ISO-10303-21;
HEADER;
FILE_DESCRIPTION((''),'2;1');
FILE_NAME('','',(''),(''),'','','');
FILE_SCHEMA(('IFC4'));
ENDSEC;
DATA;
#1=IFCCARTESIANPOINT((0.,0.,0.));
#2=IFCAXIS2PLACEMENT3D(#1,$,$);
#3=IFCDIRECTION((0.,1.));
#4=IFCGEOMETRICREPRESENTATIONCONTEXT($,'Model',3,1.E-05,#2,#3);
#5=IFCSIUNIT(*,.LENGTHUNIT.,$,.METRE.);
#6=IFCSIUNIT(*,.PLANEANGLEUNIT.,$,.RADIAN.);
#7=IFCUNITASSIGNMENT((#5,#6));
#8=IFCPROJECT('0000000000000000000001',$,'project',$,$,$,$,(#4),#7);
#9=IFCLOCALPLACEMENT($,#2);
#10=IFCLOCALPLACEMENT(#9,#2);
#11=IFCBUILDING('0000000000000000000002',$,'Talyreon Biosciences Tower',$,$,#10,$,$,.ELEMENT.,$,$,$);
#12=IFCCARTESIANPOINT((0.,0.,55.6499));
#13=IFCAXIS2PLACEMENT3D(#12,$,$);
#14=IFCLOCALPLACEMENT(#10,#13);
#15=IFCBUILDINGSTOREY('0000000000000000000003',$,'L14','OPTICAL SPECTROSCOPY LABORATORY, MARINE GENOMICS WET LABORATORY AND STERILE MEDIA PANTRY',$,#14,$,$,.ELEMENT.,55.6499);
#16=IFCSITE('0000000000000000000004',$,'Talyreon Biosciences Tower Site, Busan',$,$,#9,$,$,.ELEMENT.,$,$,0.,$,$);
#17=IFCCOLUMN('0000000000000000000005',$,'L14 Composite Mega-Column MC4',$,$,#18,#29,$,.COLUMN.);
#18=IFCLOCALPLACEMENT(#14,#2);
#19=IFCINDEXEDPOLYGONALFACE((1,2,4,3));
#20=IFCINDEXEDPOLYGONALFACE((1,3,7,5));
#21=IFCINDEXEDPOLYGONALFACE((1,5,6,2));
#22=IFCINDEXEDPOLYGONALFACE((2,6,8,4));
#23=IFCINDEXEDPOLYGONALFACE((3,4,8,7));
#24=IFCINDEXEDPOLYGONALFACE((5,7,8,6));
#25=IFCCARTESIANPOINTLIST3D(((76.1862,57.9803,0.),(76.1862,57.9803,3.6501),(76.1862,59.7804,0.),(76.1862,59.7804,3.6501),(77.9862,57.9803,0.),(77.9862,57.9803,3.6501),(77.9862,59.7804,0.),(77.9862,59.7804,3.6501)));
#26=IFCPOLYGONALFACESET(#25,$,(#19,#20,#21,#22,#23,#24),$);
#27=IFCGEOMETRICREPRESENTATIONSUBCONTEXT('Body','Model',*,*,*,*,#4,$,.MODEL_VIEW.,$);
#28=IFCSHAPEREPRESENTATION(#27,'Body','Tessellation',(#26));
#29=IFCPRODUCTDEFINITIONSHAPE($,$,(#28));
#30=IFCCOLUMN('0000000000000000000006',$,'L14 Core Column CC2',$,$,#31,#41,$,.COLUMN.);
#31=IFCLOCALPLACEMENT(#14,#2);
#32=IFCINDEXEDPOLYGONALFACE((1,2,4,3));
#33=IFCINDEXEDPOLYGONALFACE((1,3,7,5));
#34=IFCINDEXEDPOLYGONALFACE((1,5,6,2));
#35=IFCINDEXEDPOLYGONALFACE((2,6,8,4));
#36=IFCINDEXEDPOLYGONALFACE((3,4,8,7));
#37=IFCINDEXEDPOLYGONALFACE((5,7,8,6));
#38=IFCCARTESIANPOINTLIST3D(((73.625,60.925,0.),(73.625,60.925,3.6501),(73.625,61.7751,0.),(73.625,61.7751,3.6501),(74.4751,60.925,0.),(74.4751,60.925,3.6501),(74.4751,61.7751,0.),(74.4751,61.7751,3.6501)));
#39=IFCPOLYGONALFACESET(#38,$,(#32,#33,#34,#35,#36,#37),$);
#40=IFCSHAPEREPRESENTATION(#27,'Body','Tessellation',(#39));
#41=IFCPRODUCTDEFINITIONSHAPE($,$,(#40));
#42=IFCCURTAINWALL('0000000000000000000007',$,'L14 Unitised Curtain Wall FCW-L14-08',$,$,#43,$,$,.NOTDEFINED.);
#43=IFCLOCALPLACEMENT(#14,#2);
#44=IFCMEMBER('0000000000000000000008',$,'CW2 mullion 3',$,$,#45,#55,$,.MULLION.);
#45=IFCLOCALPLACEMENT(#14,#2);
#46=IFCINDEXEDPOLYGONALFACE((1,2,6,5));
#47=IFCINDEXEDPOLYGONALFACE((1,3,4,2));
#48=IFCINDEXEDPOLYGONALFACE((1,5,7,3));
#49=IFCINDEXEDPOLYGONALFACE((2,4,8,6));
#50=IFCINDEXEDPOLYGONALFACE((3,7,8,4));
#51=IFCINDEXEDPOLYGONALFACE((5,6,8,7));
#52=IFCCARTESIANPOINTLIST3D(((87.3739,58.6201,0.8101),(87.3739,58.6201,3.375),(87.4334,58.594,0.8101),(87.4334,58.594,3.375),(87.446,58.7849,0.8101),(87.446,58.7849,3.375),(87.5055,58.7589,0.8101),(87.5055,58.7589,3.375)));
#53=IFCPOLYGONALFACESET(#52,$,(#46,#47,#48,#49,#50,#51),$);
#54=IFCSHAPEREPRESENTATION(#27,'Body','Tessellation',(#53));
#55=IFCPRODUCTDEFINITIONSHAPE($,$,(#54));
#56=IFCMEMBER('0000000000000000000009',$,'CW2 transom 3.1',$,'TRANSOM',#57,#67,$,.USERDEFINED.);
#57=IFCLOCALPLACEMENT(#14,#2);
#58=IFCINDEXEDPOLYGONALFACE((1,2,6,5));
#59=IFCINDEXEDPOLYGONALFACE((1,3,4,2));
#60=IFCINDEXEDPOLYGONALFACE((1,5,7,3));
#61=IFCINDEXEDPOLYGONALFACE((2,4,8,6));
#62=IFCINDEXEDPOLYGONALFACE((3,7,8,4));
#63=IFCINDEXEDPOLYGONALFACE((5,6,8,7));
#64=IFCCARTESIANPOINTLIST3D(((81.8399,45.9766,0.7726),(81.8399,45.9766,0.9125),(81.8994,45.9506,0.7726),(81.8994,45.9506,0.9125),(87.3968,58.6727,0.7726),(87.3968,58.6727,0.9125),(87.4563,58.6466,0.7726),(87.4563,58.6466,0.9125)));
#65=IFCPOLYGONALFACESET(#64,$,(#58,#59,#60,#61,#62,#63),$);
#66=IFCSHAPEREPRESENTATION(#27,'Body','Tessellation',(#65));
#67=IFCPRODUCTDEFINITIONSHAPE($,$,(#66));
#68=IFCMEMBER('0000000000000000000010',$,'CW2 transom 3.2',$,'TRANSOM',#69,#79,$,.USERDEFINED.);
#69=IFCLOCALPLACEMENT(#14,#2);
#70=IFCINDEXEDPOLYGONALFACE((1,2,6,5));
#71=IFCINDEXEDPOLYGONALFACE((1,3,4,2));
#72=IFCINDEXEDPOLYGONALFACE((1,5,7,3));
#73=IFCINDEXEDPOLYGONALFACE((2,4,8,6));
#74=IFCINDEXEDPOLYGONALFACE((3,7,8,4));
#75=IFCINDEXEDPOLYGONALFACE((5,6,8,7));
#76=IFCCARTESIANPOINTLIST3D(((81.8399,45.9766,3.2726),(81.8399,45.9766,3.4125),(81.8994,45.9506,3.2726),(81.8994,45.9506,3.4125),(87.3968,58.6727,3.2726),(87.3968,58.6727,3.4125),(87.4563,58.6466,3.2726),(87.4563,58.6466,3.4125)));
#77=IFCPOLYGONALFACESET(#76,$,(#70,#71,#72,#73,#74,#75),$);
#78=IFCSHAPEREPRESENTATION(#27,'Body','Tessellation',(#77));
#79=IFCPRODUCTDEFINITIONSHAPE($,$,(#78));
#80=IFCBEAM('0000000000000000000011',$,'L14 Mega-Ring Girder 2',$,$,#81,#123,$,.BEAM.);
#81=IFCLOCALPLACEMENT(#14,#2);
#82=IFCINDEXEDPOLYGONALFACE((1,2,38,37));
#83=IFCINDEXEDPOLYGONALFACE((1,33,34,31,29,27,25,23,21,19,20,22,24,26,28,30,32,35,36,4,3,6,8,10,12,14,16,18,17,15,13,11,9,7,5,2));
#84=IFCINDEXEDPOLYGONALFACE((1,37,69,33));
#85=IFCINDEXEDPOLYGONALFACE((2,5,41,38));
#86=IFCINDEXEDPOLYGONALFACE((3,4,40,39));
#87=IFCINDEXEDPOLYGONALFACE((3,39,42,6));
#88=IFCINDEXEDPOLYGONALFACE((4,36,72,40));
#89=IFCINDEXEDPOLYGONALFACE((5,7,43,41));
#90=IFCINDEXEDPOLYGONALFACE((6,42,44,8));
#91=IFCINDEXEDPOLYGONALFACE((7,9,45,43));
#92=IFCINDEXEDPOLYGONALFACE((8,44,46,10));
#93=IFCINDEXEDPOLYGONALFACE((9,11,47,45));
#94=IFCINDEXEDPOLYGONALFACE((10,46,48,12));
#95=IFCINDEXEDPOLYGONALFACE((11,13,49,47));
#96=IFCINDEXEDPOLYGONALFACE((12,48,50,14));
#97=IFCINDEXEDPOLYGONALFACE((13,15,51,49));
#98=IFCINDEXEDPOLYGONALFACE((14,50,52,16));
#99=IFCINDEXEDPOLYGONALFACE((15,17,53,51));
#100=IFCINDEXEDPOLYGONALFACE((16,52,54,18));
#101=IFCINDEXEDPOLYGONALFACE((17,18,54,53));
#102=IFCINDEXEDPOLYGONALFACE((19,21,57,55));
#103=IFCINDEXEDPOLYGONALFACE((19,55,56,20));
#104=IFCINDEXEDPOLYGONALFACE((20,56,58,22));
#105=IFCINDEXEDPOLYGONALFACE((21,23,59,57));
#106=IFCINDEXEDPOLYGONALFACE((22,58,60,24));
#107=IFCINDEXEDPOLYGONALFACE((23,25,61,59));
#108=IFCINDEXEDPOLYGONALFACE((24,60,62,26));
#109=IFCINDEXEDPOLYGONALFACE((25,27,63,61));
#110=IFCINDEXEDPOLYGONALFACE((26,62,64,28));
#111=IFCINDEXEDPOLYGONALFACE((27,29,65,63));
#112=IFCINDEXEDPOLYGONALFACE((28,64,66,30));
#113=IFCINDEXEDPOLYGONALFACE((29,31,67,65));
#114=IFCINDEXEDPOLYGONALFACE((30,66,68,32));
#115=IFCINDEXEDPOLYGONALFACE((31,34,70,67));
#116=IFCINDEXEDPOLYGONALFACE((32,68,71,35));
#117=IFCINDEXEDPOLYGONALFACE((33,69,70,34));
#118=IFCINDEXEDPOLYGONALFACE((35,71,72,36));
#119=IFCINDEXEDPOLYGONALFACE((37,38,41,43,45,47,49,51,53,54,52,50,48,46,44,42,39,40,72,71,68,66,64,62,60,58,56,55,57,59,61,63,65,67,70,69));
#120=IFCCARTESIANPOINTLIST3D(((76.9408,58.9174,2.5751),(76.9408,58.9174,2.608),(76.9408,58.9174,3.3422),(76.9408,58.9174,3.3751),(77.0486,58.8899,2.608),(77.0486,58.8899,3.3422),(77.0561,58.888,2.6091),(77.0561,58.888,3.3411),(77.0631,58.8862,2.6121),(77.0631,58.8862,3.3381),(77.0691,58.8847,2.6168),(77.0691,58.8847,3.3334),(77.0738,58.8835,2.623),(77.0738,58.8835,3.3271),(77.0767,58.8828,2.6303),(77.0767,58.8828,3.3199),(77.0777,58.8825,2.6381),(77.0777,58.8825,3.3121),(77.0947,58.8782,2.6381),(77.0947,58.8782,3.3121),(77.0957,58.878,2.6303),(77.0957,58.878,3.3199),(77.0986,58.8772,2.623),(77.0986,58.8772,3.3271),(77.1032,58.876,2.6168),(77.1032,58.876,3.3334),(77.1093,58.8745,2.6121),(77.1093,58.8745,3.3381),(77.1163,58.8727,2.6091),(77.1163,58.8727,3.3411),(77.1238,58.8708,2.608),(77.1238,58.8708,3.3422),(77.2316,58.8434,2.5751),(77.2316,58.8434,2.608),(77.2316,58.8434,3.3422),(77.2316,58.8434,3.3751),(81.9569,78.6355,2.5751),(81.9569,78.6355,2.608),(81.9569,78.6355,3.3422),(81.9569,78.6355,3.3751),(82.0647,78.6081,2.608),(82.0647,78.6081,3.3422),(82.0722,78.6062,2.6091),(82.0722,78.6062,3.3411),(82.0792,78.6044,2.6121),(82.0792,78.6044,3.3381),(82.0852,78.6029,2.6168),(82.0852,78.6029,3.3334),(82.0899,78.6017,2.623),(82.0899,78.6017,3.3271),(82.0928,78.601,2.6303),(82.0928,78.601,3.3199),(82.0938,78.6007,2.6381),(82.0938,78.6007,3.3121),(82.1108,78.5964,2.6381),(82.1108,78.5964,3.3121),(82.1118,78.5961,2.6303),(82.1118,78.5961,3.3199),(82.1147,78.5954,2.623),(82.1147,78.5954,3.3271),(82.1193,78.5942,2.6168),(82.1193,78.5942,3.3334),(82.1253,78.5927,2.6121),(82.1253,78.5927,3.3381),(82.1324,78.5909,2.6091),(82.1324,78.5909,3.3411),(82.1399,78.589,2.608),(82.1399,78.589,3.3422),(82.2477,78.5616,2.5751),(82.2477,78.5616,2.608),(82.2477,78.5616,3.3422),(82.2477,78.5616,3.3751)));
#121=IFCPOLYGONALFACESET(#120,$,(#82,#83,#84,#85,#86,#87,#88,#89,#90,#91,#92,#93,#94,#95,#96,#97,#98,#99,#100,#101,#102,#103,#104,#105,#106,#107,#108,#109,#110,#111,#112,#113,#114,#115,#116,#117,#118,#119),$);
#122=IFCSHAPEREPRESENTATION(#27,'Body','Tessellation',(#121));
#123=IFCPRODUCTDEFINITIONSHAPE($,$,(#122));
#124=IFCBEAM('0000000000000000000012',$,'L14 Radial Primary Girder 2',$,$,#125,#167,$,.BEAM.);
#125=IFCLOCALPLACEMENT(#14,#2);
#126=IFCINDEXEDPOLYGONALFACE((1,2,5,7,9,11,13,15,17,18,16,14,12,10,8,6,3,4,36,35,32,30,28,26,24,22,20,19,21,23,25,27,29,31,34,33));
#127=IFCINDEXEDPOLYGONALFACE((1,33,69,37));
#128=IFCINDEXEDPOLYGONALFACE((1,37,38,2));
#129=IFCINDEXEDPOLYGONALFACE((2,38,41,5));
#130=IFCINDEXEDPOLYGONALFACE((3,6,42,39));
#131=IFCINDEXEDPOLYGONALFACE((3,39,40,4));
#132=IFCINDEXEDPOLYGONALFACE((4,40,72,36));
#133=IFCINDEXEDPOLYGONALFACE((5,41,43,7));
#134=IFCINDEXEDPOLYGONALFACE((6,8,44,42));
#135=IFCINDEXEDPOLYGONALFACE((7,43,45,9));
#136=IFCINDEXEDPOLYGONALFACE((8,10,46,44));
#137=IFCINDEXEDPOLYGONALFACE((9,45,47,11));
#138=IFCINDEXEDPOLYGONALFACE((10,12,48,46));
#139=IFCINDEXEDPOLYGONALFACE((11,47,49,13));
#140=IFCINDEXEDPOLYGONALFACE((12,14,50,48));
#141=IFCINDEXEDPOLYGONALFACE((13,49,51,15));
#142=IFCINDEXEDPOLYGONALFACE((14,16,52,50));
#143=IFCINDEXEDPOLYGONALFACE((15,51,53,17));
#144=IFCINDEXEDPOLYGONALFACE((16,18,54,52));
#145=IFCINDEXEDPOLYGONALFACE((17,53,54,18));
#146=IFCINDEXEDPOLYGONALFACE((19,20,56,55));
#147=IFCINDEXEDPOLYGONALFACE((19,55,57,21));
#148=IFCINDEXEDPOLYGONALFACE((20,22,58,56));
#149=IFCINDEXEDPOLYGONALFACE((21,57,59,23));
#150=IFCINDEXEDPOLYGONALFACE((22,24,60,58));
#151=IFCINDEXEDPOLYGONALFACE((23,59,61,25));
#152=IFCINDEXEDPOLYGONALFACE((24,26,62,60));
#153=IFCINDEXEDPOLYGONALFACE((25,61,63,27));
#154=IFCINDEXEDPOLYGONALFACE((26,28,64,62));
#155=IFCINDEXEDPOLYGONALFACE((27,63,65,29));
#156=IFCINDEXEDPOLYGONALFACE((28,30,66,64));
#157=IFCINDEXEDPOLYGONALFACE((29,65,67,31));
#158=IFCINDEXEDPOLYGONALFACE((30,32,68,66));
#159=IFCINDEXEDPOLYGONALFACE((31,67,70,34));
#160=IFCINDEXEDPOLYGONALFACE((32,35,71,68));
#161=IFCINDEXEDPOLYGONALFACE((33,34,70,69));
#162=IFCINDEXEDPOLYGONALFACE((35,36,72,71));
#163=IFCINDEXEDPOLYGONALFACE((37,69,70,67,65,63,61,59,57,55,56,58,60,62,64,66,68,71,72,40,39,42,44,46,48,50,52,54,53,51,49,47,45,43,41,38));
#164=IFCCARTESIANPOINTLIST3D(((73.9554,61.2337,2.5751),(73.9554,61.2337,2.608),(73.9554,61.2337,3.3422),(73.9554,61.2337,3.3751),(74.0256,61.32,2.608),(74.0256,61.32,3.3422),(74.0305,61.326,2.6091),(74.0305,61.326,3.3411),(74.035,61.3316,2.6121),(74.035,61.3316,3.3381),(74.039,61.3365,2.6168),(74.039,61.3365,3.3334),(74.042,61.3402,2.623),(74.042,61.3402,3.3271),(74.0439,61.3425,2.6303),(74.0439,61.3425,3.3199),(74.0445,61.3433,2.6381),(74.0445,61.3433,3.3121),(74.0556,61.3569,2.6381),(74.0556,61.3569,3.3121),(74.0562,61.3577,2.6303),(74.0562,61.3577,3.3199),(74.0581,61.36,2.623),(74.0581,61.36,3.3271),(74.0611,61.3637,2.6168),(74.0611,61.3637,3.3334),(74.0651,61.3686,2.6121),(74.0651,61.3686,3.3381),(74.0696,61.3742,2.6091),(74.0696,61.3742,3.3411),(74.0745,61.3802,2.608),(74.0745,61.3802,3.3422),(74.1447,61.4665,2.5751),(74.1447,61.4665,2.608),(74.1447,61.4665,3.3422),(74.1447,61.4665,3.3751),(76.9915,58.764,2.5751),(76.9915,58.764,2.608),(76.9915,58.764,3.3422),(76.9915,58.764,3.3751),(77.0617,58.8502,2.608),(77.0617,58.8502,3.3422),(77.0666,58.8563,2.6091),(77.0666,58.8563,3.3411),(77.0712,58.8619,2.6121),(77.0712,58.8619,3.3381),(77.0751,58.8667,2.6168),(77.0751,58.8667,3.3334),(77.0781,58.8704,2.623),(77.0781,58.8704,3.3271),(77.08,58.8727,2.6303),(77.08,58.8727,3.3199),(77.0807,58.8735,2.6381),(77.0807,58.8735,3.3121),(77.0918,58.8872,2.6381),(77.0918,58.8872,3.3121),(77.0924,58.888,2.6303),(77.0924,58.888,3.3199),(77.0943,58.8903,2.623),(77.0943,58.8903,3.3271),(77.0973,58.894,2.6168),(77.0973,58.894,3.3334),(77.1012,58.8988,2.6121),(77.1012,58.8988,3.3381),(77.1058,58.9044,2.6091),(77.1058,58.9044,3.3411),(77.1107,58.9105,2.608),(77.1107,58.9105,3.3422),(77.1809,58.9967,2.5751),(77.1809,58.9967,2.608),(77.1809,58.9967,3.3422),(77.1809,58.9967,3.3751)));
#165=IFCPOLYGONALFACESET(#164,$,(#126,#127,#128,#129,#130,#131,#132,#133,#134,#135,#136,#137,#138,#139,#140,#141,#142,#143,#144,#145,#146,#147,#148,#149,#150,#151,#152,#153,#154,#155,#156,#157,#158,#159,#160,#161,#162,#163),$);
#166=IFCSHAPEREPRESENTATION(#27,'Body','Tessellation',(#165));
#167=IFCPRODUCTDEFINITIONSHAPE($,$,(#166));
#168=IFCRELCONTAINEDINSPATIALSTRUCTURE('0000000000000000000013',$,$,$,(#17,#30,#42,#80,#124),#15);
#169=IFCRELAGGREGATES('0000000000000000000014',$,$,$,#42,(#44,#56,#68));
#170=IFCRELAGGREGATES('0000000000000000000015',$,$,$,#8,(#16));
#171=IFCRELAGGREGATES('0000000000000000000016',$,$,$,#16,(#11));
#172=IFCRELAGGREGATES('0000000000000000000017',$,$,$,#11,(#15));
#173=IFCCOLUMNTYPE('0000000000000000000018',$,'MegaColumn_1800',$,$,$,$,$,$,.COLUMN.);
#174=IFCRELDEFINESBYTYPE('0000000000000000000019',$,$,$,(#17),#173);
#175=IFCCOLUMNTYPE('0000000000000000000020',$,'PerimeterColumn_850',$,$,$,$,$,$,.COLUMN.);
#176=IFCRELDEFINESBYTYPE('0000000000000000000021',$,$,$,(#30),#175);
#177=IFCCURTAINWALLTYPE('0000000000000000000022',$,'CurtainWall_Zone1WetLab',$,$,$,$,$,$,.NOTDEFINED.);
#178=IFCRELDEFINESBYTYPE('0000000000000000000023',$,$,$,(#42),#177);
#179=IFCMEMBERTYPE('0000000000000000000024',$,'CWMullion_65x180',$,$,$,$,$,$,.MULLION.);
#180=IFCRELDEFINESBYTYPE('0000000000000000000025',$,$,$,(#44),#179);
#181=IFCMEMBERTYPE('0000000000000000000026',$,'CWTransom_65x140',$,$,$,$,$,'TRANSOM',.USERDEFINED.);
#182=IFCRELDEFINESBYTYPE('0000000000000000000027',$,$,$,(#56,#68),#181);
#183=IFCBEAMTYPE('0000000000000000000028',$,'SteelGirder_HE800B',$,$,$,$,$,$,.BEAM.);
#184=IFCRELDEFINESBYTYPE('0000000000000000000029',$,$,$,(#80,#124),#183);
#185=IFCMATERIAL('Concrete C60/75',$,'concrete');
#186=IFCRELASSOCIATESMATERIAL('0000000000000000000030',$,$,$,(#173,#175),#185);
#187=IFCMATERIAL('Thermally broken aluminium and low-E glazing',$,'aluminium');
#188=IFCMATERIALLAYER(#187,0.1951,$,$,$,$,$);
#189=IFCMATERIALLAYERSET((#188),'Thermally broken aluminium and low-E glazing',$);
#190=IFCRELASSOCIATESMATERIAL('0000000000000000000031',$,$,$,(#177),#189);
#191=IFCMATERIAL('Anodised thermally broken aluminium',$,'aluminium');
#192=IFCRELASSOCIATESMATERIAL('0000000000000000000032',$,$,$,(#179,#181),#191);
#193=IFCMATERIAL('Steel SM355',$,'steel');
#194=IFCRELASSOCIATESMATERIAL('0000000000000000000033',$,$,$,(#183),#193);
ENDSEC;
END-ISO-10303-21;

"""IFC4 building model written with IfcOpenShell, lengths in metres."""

from ifc_helpers import new_model, si_unit, direction, frame, origin, origin_2d, place, context, subcontext, project, spatial, rectangle, i_section, extrude, material, layer, layer_set, material_profile, profile_set, type_object, element, aggregate, save


model = new_model("IFC4")

# Units and contexts
model_context = context("Model", 3, precision=1e-05, world=origin(), true_north=direction((0.0, 1.0)))
body_context = subcontext(model_context, "Body", "Model", "MODEL_VIEW")
ifc_project = project(units=[si_unit("LENGTHUNIT", "METRE"), si_unit("PLANEANGLEUNIT", "RADIAN")], contexts=[model_context])

# Site, building, storey
site_placement = place(None, origin())
site = spatial("IfcSite", under=ifc_project, at=site_placement, Name="Talyreon Biosciences Tower Site, Busan", CompositionType="ELEMENT", RefElevation=0.0)
building_placement = place(site_placement, origin())
building = spatial("IfcBuilding", under=site, at=building_placement, Name="Talyreon Biosciences Tower", CompositionType="ELEMENT")
storey_placement = place(building_placement, frame((0.0, 0.0, 55.6499)))
storey = spatial("IfcBuildingStorey", under=building, at=storey_placement, Name="L14", Description="OPTICAL SPECTROSCOPY LABORATORY, MARINE GENOMICS WET LABORATORY AND STERILE MEDIA PANTRY", CompositionType="ELEMENT", Elevation=55.6499)

# Columns
ifc_material_1 = material(Name="Concrete C60/75", Category="concrete")
ifc_material_profile_1 = material_profile(ifc_material_1, rectangle(XDim=1.8, YDim=1.8, at=origin_2d()), Name="RC 1800x1800")
ifc_profile_set_1 = profile_set([ifc_material_profile_1], Name="Concrete C60/75")
column_type_1 = type_object("IfcColumnType", Name="MegaColumn_1800", PredefinedType="COLUMN", material=ifc_profile_set_1)
column_1_placement = place(storey_placement, frame((77.0862, 58.8804, 0.0), z_axis=(0.0, 0.0, 1.0), x_axis=(1.0, 0.0, 0.0)))
element("IfcColumn", 1, at=column_1_placement, inside=storey, type_object=column_type_1, Name="L14 Composite Mega-Column MC4", PredefinedType="COLUMN", context=body_context, shape_type="SweptSolid", body=[
    extrude(rectangle(XDim=1.8, YDim=1.8, at=origin_2d()), origin(), (0.0, 0.0, 1.0), 3.6501),
])
ifc_material_profile_2 = material_profile(ifc_material_1, rectangle(XDim=0.8501, YDim=0.8501, at=origin_2d()), Name="RC 850x850")
ifc_profile_set_2 = profile_set([ifc_material_profile_2], Name="Concrete C60/75")
column_type_2 = type_object("IfcColumnType", Name="PerimeterColumn_850", PredefinedType="COLUMN", material=ifc_profile_set_2)
column_2_placement = place(storey_placement, frame((74.05, 61.3501, 0.0), z_axis=(0.0, 0.0, 1.0), x_axis=(1.0, 0.0, 0.0)))
element("IfcColumn", 2, at=column_2_placement, inside=storey, type_object=column_type_2, Name="L14 Core Column CC2", PredefinedType="COLUMN", context=body_context, shape_type="SweptSolid", body=[
    extrude(rectangle(XDim=0.8501, YDim=0.8501, at=origin_2d()), origin(), (0.0, 0.0, 1.0), 3.6501),
])

# Curtain wall, members
ifc_material_2 = material(Name="Thermally broken aluminium and low-E glazing", Category="aluminium")
ifc_layer_1 = layer(ifc_material_2, 0.1951)
ifc_layer_set_1 = layer_set([ifc_layer_1], Name="Thermally broken aluminium and low-E glazing")
curtain_wall_type = type_object("IfcCurtainWallType", Name="CurtainWall_Zone1WetLab", PredefinedType="NOTDEFINED", material=ifc_layer_set_1)
curtain_wall_placement = place(storey_placement, origin())
curtain_wall = element("IfcCurtainWall", 3, at=curtain_wall_placement, inside=storey, type_object=curtain_wall_type, Name="L14 Unitised Curtain Wall FCW-L14-08", PredefinedType="NOTDEFINED")
ifc_material_3 = material(Name="Anodised thermally broken aluminium", Category="aluminium")
ifc_material_profile_3 = material_profile(ifc_material_3, rectangle(XDim=0.0649, YDim=0.1799, at=origin_2d()), Name="ALUM MULLION 65x180")
ifc_profile_set_3 = profile_set([ifc_material_profile_3], Name="Anodised thermally broken aluminium")
member_type_1 = type_object("IfcMemberType", Name="CWMullion_65x180", PredefinedType="MULLION", material=ifc_profile_set_3)
member_1_placement = place(storey_placement, frame((87.4397, 58.6895, 0.8101), z_axis=(0.0, 0.0, 1.0), x_axis=(0.916092, -0.400968, 0.0)))
member_1 = element("IfcMember", 4, at=member_1_placement, type_object=member_type_1, Name="CW2 mullion 3", PredefinedType="MULLION", context=body_context, shape_type="SweptSolid", body=[
    extrude(rectangle(XDim=0.0649, YDim=0.1799, at=origin_2d()), origin(), (0.0, 0.0, 1.0), 2.5649),
])
ifc_material_profile_4 = material_profile(ifc_material_3, rectangle(XDim=0.0649, YDim=0.1399, at=origin_2d()), Name="ALUM TRANSOM 65x140")
ifc_profile_set_4 = profile_set([ifc_material_profile_4], Name="Anodised thermally broken aluminium")
member_type_2 = type_object("IfcMemberType", Name="CWTransom_65x140", ElementType="TRANSOM", PredefinedType="USERDEFINED", material=ifc_profile_set_4)
member_2_placement = place(storey_placement, frame((87.4265, 58.6597, 0.8425), z_axis=(-0.400962, -0.916095, 0.0), x_axis=(0.916095, -0.400962, 0.0)))
member_2 = element("IfcMember", 5, at=member_2_placement, type_object=member_type_2, Name="CW2 transom 3.1", ObjectType="TRANSOM", PredefinedType="USERDEFINED", context=body_context, shape_type="SweptSolid", body=[
    extrude(rectangle(XDim=0.0649, YDim=0.1399, at=origin_2d()), origin(), (0.0, 0.0, 1.0), 13.8589),
])
member_3_placement = place(storey_placement, frame((87.4265, 58.6597, 3.3425), z_axis=(-0.400962, -0.916095, 0.0), x_axis=(0.916095, -0.400962, 0.0)))
member_3 = element("IfcMember", 6, at=member_3_placement, type_object=member_type_2, Name="CW2 transom 3.2", ObjectType="TRANSOM", PredefinedType="USERDEFINED", context=body_context, shape_type="SweptSolid", body=[
    extrude(rectangle(XDim=0.0649, YDim=0.1399, at=origin_2d()), origin(), (0.0, 0.0, 1.0), 13.8589),
])

# Beams
ifc_material_4 = material(Name="Steel SM355", Category="steel")
ifc_material_profile_5 = material_profile(ifc_material_4, i_section(OverallWidth=0.3, OverallDepth=0.8, WebThickness=0.0176, FlangeThickness=0.033, FilletRadius=0.03, at=origin_2d()), Name="HE800B")
ifc_profile_set_5 = profile_set([ifc_material_profile_5], Name="Steel SM355")
beam_type_1 = type_object("IfcBeamType", Name="SteelGirder_HE800B", PredefinedType="BEAM", material=ifc_profile_set_5)
beam_1_placement = place(storey_placement, frame((77.0862, 58.8804, 2.9751), z_axis=(0.246537, 0.969133, 0.0), x_axis=(-0.969133, 0.246537, 0.0)))
element("IfcBeam", 7, at=beam_1_placement, inside=storey, type_object=beam_type_1, Name="L14 Mega-Ring Girder 2", PredefinedType="BEAM", context=body_context, shape_type="SweptSolid", body=[
    extrude(i_section(OverallWidth=0.3, OverallDepth=0.8, WebThickness=0.0176, FlangeThickness=0.033, FilletRadius=0.03, at=origin_2d()), origin(), (0.0, 0.0, 1.0), 20.3462),
])
beam_2_placement = place(storey_placement, frame((74.05, 61.3501, 2.9751), z_axis=(0.775755, -0.631034, 0.0), x_axis=(0.631034, 0.775755, 0.0)))
element("IfcBeam", 8, at=beam_2_placement, inside=storey, type_object=beam_type_1, Name="L14 Radial Primary Girder 2", PredefinedType="BEAM", context=body_context, shape_type="SweptSolid", body=[
    extrude(i_section(OverallWidth=0.3, OverallDepth=0.8, WebThickness=0.0176, FlangeThickness=0.033, FilletRadius=0.03, at=origin_2d()), origin(), (0.0, 0.0, 1.0), 3.9138),
])

aggregate(curtain_wall, [member_1, member_2, member_3])

save(model, "model.ifc")
